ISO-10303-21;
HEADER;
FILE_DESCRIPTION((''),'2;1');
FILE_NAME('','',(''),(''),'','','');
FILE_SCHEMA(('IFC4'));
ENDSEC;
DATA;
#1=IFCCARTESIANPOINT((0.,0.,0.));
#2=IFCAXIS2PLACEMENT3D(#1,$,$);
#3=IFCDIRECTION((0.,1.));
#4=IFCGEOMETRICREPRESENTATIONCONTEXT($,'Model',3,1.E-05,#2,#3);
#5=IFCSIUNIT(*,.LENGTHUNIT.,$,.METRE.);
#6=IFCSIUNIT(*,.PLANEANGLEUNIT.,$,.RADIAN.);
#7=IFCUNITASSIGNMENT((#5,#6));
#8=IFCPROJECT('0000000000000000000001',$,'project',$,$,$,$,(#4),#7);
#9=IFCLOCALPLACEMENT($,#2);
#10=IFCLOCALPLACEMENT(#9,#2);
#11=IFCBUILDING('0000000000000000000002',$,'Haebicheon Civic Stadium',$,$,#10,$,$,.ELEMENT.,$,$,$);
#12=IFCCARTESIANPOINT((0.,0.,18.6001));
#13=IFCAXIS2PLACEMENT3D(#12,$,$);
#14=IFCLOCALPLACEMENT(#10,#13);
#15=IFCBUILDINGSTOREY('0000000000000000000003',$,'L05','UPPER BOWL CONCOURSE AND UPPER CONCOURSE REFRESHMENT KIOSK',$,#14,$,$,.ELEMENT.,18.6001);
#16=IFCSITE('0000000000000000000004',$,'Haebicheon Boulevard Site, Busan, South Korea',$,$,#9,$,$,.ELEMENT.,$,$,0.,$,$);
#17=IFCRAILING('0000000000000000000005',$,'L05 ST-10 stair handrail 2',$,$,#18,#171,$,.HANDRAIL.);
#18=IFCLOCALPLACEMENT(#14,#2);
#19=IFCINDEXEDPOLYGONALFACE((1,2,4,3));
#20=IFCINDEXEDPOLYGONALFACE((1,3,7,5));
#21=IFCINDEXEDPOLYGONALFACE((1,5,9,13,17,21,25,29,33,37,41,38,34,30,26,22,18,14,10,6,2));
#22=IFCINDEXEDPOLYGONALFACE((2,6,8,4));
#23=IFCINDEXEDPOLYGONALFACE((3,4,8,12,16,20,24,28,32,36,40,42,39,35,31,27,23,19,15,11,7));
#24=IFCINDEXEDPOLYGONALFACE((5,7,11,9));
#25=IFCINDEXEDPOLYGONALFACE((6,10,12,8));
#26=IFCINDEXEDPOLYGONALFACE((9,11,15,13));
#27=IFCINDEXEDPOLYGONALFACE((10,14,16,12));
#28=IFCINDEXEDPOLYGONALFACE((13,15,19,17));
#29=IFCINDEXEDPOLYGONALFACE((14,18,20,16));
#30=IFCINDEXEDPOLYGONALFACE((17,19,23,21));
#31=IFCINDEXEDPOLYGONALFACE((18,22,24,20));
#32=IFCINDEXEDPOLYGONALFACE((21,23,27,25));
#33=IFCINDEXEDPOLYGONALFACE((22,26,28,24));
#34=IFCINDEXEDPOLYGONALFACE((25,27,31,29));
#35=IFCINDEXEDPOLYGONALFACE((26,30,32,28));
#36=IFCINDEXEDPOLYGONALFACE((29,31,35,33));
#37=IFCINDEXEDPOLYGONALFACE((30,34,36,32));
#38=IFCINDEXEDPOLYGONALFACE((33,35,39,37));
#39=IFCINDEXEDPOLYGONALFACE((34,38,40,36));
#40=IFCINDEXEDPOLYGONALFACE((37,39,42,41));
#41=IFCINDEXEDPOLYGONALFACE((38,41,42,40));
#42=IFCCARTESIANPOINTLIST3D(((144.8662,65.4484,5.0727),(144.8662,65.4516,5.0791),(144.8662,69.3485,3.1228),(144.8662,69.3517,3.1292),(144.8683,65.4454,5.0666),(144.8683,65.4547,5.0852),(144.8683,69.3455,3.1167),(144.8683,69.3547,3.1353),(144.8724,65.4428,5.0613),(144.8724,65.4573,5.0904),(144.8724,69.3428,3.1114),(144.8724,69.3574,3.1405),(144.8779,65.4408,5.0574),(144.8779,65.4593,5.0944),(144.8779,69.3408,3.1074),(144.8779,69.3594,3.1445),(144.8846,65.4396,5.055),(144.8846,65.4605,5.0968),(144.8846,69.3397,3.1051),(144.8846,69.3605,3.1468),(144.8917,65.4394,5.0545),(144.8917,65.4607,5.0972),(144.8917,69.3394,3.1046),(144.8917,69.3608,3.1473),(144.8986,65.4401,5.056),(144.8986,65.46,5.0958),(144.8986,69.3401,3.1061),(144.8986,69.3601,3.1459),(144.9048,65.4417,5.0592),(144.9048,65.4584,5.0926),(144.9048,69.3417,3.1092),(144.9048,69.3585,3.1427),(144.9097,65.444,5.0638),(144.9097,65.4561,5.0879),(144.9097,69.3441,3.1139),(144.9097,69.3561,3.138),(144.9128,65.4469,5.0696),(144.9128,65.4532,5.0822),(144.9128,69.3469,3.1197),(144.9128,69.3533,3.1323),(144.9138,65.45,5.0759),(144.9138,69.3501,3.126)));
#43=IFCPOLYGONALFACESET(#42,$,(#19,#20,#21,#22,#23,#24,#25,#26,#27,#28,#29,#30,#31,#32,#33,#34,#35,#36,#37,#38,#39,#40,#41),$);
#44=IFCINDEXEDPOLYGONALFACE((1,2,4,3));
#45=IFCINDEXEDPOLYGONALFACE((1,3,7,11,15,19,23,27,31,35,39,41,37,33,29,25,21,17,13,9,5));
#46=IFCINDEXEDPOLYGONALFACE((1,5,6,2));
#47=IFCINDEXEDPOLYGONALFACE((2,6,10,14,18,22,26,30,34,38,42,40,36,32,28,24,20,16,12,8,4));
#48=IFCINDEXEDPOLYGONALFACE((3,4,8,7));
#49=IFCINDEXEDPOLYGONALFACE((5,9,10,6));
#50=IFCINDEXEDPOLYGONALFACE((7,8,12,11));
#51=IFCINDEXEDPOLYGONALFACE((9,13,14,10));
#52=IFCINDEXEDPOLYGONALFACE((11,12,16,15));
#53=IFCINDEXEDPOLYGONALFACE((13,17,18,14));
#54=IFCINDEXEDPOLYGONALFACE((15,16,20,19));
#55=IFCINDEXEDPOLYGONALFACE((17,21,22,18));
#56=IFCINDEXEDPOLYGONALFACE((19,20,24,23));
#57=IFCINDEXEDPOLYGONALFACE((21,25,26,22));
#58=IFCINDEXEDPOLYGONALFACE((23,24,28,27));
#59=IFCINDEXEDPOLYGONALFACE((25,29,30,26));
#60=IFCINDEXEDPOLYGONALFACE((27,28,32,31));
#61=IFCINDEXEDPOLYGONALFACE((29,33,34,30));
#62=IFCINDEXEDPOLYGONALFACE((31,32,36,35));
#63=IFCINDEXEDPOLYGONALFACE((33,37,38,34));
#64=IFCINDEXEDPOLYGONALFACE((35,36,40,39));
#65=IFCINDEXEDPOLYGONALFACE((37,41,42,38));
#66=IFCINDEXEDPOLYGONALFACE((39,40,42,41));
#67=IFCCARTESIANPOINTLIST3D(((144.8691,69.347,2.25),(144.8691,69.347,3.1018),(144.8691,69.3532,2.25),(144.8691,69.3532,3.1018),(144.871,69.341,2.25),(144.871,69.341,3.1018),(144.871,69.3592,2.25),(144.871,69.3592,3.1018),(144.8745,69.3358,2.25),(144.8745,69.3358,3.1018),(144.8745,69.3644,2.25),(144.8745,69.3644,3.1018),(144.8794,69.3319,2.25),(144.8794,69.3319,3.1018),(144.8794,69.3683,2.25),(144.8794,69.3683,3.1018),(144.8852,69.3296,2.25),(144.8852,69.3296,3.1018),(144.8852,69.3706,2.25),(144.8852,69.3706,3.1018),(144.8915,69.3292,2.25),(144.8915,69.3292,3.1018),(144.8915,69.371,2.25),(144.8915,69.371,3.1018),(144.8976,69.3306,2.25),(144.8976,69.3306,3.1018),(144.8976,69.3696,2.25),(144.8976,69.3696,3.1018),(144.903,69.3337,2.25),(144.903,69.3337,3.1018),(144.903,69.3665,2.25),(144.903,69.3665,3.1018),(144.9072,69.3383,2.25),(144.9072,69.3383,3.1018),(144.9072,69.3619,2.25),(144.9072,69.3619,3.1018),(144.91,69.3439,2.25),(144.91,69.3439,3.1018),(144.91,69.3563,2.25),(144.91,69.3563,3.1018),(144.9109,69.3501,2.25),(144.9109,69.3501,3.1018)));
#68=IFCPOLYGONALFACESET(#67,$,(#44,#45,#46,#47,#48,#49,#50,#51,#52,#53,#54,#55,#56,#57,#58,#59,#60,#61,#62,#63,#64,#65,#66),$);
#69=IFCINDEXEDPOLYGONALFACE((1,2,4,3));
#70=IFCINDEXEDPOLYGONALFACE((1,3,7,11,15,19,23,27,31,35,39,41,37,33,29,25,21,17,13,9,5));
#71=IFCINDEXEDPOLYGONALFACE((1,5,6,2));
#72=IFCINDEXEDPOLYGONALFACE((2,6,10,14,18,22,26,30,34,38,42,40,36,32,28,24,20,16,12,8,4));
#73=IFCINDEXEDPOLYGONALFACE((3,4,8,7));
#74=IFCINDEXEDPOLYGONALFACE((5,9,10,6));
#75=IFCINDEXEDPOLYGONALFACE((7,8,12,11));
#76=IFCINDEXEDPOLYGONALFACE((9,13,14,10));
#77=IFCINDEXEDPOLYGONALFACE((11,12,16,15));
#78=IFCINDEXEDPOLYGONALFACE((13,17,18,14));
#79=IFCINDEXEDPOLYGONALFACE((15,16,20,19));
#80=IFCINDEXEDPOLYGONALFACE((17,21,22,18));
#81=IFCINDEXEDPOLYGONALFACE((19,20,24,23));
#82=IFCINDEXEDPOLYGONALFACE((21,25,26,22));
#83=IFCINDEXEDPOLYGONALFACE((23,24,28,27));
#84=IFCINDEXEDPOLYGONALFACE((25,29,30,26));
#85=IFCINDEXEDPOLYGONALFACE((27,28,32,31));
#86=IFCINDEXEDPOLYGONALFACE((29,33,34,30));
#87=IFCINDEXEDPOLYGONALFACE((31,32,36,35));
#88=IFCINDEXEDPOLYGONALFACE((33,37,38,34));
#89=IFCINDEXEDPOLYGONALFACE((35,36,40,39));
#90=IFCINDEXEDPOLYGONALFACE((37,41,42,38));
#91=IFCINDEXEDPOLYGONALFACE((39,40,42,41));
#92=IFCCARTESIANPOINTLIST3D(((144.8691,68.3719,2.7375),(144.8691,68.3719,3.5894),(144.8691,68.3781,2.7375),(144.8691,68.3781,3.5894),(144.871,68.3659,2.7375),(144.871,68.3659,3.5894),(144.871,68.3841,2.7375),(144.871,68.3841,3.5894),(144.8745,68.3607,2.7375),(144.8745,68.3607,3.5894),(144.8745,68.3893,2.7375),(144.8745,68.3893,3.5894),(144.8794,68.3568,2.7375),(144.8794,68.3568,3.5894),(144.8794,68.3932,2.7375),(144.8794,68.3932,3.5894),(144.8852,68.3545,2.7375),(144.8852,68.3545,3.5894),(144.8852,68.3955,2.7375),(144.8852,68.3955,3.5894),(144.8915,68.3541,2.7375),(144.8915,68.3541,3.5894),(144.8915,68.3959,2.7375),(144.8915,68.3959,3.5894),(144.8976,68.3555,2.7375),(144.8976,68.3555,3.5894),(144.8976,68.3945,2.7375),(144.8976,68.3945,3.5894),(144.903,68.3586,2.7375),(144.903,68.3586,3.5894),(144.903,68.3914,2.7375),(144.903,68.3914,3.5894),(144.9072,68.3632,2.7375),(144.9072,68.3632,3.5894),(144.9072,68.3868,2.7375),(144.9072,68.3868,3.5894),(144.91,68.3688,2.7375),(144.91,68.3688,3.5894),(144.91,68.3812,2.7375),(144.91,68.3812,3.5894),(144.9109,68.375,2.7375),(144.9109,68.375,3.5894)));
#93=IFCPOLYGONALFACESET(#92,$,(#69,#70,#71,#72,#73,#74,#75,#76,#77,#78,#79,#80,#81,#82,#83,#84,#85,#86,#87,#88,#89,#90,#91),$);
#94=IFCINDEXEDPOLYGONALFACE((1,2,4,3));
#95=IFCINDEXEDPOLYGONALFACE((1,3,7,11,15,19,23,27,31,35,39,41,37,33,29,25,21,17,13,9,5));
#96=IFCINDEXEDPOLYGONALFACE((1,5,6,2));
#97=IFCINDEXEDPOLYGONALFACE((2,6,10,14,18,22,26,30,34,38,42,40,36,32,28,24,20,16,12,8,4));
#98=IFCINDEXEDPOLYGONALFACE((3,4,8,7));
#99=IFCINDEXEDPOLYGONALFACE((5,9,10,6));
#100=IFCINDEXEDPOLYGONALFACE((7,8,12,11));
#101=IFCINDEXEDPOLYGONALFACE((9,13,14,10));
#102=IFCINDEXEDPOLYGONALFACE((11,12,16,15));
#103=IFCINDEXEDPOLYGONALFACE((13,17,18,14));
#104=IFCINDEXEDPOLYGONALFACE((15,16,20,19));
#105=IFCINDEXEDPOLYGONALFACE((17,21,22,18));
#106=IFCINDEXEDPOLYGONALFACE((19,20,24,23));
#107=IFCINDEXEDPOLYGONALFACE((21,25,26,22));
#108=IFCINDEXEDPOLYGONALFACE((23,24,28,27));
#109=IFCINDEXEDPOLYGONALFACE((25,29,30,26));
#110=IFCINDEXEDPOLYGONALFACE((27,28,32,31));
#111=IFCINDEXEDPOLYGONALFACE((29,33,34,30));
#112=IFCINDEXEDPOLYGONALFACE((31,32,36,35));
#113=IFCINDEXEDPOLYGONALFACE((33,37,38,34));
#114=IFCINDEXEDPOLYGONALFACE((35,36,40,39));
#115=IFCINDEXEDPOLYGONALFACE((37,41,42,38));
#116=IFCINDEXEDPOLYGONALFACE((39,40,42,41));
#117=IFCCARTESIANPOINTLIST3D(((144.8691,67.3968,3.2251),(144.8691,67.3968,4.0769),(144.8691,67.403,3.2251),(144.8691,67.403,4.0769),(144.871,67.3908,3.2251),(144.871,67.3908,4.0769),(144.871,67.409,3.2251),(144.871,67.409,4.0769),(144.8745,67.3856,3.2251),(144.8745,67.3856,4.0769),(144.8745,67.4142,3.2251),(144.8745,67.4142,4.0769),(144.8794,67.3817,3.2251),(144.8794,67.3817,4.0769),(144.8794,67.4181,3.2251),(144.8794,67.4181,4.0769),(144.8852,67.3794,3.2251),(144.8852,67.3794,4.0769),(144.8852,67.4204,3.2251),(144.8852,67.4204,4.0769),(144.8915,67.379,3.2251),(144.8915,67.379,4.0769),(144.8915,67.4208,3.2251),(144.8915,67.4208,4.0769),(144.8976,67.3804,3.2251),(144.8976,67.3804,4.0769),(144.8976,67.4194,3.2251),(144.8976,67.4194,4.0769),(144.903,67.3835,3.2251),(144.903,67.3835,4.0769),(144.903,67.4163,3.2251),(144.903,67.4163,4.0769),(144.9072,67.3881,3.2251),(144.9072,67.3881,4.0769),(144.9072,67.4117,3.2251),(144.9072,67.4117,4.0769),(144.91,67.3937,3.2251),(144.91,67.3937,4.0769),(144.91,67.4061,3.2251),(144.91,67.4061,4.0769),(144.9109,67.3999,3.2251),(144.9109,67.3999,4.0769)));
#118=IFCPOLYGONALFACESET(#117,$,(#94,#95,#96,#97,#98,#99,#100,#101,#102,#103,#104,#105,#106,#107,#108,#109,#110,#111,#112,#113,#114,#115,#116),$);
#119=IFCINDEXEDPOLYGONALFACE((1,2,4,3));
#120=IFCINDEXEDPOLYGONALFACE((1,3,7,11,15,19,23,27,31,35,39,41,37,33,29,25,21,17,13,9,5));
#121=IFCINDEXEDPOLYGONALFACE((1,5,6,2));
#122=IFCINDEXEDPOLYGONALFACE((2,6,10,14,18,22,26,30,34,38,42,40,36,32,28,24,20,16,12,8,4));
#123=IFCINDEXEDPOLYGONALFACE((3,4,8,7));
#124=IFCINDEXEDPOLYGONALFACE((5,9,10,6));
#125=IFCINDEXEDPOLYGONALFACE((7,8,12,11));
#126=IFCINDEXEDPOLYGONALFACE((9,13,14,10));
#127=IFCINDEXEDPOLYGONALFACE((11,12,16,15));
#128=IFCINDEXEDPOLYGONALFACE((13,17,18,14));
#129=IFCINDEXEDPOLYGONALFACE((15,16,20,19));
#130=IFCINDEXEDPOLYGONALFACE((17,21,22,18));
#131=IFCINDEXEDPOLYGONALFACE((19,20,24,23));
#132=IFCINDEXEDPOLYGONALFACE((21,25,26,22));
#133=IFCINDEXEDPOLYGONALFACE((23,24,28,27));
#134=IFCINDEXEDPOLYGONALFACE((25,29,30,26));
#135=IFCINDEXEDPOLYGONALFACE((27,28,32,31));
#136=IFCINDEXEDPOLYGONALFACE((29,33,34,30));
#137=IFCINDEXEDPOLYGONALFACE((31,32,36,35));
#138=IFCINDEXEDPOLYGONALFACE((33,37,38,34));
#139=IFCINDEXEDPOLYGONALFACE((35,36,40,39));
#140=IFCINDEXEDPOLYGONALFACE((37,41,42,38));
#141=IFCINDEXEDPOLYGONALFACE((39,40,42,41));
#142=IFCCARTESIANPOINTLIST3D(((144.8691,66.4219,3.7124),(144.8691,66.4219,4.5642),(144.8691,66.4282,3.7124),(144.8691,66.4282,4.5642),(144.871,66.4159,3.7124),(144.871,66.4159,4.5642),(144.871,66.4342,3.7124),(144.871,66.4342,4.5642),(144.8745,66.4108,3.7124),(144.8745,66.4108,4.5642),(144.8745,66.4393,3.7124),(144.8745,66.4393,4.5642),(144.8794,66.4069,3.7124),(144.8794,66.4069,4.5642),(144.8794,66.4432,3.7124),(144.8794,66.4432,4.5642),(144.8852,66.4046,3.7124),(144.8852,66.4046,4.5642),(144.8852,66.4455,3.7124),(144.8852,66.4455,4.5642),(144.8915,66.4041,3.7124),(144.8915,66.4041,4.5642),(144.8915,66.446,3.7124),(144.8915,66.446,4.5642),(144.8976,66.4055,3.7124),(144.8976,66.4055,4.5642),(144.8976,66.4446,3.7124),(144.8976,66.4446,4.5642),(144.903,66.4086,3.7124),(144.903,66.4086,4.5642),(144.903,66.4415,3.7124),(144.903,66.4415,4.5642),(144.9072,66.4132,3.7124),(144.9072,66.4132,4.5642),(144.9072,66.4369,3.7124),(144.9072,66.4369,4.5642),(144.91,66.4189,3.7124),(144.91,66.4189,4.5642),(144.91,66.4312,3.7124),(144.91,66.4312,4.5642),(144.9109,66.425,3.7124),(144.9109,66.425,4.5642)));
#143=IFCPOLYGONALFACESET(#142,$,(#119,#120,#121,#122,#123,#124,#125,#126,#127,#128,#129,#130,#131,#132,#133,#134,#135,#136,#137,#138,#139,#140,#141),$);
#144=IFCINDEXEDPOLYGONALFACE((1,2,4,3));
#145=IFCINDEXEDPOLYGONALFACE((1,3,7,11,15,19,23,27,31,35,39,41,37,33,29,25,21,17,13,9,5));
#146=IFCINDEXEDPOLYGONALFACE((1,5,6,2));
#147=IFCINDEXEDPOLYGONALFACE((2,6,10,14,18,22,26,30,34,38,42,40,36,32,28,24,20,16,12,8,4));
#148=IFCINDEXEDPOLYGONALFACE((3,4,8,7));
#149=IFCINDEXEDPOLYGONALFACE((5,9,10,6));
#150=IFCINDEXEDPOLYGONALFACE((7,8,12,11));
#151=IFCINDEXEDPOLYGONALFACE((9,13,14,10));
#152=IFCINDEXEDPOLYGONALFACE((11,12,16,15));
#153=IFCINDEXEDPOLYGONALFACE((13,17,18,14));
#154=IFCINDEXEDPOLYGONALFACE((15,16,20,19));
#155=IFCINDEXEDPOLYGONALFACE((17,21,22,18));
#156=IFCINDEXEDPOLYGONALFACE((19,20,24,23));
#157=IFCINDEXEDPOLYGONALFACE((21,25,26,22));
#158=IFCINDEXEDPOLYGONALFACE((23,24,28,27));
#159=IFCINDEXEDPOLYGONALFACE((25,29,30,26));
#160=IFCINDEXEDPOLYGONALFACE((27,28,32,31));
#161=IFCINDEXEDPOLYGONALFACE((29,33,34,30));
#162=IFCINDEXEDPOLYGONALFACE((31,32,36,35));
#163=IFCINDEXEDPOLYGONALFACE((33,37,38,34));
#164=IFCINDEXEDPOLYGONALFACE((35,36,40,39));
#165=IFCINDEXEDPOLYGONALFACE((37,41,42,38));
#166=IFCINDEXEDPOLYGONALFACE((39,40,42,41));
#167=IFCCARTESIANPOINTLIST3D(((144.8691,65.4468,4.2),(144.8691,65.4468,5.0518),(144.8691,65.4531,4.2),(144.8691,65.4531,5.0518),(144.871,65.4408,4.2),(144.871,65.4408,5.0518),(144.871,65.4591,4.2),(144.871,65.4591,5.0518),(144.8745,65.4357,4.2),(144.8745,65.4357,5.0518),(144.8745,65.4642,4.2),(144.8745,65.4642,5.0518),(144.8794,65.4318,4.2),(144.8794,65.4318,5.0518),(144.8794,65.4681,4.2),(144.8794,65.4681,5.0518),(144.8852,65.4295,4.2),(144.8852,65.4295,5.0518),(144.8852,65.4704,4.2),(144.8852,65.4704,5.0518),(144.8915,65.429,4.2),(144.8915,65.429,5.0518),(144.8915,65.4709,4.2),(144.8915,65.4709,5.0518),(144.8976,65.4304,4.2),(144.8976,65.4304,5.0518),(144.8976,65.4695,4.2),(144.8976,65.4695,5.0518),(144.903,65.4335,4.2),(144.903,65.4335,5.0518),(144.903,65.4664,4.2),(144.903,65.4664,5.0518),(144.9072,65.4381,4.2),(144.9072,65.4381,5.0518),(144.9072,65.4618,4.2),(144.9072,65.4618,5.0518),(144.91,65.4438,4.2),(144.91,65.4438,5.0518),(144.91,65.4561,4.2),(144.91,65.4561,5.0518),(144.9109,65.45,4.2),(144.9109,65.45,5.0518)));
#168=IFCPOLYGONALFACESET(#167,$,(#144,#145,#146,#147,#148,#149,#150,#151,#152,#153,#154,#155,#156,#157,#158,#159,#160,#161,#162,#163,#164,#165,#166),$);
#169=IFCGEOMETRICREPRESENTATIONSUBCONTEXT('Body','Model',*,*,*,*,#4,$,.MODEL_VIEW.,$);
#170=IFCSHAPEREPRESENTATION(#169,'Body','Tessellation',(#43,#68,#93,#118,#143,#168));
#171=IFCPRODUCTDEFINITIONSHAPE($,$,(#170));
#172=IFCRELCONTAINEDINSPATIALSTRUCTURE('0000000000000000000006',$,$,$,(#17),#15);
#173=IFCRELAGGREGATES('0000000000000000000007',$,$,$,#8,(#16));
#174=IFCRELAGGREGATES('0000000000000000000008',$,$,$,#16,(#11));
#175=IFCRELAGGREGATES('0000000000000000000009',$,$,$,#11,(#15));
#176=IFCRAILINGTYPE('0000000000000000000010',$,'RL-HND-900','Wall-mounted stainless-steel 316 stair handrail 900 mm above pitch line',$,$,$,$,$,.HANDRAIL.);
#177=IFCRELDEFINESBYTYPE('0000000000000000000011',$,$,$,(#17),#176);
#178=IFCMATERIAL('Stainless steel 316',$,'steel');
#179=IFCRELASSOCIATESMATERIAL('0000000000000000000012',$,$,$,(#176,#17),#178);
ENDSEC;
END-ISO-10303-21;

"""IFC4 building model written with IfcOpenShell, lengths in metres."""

from ifc_helpers import new_model, si_unit, direction, frame, origin, origin_2d, place, context, subcontext, project, spatial, circle, extrude, material, type_object, element, save


model = new_model("IFC4")

# Units and contexts
model_context = context("Model", 3, precision=1e-05, world=origin(), true_north=direction((0.0, 1.0)))
body_context = subcontext(model_context, "Body", "Model", "MODEL_VIEW")
ifc_project = project(units=[si_unit("LENGTHUNIT", "METRE"), si_unit("PLANEANGLEUNIT", "RADIAN")], contexts=[model_context])

# Site, building, storey
site_placement = place(None, origin())
site = spatial("IfcSite", under=ifc_project, at=site_placement, Name="Haebicheon Boulevard Site, Busan, South Korea", CompositionType="ELEMENT", RefElevation=0.0)
building_placement = place(site_placement, origin())
building = spatial("IfcBuilding", under=site, at=building_placement, Name="Haebicheon Civic Stadium", CompositionType="ELEMENT")
storey_placement = place(building_placement, frame((0.0, 0.0, 18.6001)))
storey = spatial("IfcBuildingStorey", under=building, at=storey_placement, Name="L05", Description="UPPER BOWL CONCOURSE AND UPPER CONCOURSE REFRESHMENT KIOSK", CompositionType="ELEMENT", Elevation=18.6001)

# Railing
ifc_material_1 = material(Name="Stainless steel 316", Category="steel")
railing_type_1 = type_object("IfcRailingType", Name="RL-HND-900", Description="Wall-mounted stainless-steel 316 stair handrail 900 mm above pitch line", PredefinedType="HANDRAIL", material=ifc_material_1)
railing_1_placement = place(storey_placement, frame((144.8899, 69.3501, 2.25)))
element("IfcRailing", 1, at=railing_1_placement, inside=storey, type_object=railing_type_1, material=ifc_material_1, Name="L05 ST-10 stair handrail 2", PredefinedType="HANDRAIL", context=body_context, shape_type="SweptSolid", body=[
    extrude(circle(Radius=0.0239, at=origin_2d()), frame((0.0, 0.0, 0.876), z_axis=(0.0, -0.894438, 0.447191), x_axis=(1.0, 0.0, 0.0)), (0.0, 0.0, 1.0), 4.3604),
    extrude(circle(Radius=0.021, at=origin_2d()), origin(), (0.0, 0.0, 1.0), 0.8518),
    extrude(circle(Radius=0.021, at=origin_2d()), frame((0.0, -0.9751, 0.4875)), (0.0, 0.0, 1.0), 0.8518),
    extrude(circle(Radius=0.021, at=origin_2d()), frame((0.0, -1.9502, 0.9751)), (0.0, 0.0, 1.0), 0.8518),
    extrude(circle(Radius=0.021, at=origin_2d()), frame((0.0, -2.925, 1.4624)), (0.0, 0.0, 1.0), 0.8518),
    extrude(circle(Radius=0.021, at=origin_2d()), frame((0.0, -3.9001, 1.95)), (0.0, 0.0, 1.0), 0.8518),
])

save(model, "model.ifc")
